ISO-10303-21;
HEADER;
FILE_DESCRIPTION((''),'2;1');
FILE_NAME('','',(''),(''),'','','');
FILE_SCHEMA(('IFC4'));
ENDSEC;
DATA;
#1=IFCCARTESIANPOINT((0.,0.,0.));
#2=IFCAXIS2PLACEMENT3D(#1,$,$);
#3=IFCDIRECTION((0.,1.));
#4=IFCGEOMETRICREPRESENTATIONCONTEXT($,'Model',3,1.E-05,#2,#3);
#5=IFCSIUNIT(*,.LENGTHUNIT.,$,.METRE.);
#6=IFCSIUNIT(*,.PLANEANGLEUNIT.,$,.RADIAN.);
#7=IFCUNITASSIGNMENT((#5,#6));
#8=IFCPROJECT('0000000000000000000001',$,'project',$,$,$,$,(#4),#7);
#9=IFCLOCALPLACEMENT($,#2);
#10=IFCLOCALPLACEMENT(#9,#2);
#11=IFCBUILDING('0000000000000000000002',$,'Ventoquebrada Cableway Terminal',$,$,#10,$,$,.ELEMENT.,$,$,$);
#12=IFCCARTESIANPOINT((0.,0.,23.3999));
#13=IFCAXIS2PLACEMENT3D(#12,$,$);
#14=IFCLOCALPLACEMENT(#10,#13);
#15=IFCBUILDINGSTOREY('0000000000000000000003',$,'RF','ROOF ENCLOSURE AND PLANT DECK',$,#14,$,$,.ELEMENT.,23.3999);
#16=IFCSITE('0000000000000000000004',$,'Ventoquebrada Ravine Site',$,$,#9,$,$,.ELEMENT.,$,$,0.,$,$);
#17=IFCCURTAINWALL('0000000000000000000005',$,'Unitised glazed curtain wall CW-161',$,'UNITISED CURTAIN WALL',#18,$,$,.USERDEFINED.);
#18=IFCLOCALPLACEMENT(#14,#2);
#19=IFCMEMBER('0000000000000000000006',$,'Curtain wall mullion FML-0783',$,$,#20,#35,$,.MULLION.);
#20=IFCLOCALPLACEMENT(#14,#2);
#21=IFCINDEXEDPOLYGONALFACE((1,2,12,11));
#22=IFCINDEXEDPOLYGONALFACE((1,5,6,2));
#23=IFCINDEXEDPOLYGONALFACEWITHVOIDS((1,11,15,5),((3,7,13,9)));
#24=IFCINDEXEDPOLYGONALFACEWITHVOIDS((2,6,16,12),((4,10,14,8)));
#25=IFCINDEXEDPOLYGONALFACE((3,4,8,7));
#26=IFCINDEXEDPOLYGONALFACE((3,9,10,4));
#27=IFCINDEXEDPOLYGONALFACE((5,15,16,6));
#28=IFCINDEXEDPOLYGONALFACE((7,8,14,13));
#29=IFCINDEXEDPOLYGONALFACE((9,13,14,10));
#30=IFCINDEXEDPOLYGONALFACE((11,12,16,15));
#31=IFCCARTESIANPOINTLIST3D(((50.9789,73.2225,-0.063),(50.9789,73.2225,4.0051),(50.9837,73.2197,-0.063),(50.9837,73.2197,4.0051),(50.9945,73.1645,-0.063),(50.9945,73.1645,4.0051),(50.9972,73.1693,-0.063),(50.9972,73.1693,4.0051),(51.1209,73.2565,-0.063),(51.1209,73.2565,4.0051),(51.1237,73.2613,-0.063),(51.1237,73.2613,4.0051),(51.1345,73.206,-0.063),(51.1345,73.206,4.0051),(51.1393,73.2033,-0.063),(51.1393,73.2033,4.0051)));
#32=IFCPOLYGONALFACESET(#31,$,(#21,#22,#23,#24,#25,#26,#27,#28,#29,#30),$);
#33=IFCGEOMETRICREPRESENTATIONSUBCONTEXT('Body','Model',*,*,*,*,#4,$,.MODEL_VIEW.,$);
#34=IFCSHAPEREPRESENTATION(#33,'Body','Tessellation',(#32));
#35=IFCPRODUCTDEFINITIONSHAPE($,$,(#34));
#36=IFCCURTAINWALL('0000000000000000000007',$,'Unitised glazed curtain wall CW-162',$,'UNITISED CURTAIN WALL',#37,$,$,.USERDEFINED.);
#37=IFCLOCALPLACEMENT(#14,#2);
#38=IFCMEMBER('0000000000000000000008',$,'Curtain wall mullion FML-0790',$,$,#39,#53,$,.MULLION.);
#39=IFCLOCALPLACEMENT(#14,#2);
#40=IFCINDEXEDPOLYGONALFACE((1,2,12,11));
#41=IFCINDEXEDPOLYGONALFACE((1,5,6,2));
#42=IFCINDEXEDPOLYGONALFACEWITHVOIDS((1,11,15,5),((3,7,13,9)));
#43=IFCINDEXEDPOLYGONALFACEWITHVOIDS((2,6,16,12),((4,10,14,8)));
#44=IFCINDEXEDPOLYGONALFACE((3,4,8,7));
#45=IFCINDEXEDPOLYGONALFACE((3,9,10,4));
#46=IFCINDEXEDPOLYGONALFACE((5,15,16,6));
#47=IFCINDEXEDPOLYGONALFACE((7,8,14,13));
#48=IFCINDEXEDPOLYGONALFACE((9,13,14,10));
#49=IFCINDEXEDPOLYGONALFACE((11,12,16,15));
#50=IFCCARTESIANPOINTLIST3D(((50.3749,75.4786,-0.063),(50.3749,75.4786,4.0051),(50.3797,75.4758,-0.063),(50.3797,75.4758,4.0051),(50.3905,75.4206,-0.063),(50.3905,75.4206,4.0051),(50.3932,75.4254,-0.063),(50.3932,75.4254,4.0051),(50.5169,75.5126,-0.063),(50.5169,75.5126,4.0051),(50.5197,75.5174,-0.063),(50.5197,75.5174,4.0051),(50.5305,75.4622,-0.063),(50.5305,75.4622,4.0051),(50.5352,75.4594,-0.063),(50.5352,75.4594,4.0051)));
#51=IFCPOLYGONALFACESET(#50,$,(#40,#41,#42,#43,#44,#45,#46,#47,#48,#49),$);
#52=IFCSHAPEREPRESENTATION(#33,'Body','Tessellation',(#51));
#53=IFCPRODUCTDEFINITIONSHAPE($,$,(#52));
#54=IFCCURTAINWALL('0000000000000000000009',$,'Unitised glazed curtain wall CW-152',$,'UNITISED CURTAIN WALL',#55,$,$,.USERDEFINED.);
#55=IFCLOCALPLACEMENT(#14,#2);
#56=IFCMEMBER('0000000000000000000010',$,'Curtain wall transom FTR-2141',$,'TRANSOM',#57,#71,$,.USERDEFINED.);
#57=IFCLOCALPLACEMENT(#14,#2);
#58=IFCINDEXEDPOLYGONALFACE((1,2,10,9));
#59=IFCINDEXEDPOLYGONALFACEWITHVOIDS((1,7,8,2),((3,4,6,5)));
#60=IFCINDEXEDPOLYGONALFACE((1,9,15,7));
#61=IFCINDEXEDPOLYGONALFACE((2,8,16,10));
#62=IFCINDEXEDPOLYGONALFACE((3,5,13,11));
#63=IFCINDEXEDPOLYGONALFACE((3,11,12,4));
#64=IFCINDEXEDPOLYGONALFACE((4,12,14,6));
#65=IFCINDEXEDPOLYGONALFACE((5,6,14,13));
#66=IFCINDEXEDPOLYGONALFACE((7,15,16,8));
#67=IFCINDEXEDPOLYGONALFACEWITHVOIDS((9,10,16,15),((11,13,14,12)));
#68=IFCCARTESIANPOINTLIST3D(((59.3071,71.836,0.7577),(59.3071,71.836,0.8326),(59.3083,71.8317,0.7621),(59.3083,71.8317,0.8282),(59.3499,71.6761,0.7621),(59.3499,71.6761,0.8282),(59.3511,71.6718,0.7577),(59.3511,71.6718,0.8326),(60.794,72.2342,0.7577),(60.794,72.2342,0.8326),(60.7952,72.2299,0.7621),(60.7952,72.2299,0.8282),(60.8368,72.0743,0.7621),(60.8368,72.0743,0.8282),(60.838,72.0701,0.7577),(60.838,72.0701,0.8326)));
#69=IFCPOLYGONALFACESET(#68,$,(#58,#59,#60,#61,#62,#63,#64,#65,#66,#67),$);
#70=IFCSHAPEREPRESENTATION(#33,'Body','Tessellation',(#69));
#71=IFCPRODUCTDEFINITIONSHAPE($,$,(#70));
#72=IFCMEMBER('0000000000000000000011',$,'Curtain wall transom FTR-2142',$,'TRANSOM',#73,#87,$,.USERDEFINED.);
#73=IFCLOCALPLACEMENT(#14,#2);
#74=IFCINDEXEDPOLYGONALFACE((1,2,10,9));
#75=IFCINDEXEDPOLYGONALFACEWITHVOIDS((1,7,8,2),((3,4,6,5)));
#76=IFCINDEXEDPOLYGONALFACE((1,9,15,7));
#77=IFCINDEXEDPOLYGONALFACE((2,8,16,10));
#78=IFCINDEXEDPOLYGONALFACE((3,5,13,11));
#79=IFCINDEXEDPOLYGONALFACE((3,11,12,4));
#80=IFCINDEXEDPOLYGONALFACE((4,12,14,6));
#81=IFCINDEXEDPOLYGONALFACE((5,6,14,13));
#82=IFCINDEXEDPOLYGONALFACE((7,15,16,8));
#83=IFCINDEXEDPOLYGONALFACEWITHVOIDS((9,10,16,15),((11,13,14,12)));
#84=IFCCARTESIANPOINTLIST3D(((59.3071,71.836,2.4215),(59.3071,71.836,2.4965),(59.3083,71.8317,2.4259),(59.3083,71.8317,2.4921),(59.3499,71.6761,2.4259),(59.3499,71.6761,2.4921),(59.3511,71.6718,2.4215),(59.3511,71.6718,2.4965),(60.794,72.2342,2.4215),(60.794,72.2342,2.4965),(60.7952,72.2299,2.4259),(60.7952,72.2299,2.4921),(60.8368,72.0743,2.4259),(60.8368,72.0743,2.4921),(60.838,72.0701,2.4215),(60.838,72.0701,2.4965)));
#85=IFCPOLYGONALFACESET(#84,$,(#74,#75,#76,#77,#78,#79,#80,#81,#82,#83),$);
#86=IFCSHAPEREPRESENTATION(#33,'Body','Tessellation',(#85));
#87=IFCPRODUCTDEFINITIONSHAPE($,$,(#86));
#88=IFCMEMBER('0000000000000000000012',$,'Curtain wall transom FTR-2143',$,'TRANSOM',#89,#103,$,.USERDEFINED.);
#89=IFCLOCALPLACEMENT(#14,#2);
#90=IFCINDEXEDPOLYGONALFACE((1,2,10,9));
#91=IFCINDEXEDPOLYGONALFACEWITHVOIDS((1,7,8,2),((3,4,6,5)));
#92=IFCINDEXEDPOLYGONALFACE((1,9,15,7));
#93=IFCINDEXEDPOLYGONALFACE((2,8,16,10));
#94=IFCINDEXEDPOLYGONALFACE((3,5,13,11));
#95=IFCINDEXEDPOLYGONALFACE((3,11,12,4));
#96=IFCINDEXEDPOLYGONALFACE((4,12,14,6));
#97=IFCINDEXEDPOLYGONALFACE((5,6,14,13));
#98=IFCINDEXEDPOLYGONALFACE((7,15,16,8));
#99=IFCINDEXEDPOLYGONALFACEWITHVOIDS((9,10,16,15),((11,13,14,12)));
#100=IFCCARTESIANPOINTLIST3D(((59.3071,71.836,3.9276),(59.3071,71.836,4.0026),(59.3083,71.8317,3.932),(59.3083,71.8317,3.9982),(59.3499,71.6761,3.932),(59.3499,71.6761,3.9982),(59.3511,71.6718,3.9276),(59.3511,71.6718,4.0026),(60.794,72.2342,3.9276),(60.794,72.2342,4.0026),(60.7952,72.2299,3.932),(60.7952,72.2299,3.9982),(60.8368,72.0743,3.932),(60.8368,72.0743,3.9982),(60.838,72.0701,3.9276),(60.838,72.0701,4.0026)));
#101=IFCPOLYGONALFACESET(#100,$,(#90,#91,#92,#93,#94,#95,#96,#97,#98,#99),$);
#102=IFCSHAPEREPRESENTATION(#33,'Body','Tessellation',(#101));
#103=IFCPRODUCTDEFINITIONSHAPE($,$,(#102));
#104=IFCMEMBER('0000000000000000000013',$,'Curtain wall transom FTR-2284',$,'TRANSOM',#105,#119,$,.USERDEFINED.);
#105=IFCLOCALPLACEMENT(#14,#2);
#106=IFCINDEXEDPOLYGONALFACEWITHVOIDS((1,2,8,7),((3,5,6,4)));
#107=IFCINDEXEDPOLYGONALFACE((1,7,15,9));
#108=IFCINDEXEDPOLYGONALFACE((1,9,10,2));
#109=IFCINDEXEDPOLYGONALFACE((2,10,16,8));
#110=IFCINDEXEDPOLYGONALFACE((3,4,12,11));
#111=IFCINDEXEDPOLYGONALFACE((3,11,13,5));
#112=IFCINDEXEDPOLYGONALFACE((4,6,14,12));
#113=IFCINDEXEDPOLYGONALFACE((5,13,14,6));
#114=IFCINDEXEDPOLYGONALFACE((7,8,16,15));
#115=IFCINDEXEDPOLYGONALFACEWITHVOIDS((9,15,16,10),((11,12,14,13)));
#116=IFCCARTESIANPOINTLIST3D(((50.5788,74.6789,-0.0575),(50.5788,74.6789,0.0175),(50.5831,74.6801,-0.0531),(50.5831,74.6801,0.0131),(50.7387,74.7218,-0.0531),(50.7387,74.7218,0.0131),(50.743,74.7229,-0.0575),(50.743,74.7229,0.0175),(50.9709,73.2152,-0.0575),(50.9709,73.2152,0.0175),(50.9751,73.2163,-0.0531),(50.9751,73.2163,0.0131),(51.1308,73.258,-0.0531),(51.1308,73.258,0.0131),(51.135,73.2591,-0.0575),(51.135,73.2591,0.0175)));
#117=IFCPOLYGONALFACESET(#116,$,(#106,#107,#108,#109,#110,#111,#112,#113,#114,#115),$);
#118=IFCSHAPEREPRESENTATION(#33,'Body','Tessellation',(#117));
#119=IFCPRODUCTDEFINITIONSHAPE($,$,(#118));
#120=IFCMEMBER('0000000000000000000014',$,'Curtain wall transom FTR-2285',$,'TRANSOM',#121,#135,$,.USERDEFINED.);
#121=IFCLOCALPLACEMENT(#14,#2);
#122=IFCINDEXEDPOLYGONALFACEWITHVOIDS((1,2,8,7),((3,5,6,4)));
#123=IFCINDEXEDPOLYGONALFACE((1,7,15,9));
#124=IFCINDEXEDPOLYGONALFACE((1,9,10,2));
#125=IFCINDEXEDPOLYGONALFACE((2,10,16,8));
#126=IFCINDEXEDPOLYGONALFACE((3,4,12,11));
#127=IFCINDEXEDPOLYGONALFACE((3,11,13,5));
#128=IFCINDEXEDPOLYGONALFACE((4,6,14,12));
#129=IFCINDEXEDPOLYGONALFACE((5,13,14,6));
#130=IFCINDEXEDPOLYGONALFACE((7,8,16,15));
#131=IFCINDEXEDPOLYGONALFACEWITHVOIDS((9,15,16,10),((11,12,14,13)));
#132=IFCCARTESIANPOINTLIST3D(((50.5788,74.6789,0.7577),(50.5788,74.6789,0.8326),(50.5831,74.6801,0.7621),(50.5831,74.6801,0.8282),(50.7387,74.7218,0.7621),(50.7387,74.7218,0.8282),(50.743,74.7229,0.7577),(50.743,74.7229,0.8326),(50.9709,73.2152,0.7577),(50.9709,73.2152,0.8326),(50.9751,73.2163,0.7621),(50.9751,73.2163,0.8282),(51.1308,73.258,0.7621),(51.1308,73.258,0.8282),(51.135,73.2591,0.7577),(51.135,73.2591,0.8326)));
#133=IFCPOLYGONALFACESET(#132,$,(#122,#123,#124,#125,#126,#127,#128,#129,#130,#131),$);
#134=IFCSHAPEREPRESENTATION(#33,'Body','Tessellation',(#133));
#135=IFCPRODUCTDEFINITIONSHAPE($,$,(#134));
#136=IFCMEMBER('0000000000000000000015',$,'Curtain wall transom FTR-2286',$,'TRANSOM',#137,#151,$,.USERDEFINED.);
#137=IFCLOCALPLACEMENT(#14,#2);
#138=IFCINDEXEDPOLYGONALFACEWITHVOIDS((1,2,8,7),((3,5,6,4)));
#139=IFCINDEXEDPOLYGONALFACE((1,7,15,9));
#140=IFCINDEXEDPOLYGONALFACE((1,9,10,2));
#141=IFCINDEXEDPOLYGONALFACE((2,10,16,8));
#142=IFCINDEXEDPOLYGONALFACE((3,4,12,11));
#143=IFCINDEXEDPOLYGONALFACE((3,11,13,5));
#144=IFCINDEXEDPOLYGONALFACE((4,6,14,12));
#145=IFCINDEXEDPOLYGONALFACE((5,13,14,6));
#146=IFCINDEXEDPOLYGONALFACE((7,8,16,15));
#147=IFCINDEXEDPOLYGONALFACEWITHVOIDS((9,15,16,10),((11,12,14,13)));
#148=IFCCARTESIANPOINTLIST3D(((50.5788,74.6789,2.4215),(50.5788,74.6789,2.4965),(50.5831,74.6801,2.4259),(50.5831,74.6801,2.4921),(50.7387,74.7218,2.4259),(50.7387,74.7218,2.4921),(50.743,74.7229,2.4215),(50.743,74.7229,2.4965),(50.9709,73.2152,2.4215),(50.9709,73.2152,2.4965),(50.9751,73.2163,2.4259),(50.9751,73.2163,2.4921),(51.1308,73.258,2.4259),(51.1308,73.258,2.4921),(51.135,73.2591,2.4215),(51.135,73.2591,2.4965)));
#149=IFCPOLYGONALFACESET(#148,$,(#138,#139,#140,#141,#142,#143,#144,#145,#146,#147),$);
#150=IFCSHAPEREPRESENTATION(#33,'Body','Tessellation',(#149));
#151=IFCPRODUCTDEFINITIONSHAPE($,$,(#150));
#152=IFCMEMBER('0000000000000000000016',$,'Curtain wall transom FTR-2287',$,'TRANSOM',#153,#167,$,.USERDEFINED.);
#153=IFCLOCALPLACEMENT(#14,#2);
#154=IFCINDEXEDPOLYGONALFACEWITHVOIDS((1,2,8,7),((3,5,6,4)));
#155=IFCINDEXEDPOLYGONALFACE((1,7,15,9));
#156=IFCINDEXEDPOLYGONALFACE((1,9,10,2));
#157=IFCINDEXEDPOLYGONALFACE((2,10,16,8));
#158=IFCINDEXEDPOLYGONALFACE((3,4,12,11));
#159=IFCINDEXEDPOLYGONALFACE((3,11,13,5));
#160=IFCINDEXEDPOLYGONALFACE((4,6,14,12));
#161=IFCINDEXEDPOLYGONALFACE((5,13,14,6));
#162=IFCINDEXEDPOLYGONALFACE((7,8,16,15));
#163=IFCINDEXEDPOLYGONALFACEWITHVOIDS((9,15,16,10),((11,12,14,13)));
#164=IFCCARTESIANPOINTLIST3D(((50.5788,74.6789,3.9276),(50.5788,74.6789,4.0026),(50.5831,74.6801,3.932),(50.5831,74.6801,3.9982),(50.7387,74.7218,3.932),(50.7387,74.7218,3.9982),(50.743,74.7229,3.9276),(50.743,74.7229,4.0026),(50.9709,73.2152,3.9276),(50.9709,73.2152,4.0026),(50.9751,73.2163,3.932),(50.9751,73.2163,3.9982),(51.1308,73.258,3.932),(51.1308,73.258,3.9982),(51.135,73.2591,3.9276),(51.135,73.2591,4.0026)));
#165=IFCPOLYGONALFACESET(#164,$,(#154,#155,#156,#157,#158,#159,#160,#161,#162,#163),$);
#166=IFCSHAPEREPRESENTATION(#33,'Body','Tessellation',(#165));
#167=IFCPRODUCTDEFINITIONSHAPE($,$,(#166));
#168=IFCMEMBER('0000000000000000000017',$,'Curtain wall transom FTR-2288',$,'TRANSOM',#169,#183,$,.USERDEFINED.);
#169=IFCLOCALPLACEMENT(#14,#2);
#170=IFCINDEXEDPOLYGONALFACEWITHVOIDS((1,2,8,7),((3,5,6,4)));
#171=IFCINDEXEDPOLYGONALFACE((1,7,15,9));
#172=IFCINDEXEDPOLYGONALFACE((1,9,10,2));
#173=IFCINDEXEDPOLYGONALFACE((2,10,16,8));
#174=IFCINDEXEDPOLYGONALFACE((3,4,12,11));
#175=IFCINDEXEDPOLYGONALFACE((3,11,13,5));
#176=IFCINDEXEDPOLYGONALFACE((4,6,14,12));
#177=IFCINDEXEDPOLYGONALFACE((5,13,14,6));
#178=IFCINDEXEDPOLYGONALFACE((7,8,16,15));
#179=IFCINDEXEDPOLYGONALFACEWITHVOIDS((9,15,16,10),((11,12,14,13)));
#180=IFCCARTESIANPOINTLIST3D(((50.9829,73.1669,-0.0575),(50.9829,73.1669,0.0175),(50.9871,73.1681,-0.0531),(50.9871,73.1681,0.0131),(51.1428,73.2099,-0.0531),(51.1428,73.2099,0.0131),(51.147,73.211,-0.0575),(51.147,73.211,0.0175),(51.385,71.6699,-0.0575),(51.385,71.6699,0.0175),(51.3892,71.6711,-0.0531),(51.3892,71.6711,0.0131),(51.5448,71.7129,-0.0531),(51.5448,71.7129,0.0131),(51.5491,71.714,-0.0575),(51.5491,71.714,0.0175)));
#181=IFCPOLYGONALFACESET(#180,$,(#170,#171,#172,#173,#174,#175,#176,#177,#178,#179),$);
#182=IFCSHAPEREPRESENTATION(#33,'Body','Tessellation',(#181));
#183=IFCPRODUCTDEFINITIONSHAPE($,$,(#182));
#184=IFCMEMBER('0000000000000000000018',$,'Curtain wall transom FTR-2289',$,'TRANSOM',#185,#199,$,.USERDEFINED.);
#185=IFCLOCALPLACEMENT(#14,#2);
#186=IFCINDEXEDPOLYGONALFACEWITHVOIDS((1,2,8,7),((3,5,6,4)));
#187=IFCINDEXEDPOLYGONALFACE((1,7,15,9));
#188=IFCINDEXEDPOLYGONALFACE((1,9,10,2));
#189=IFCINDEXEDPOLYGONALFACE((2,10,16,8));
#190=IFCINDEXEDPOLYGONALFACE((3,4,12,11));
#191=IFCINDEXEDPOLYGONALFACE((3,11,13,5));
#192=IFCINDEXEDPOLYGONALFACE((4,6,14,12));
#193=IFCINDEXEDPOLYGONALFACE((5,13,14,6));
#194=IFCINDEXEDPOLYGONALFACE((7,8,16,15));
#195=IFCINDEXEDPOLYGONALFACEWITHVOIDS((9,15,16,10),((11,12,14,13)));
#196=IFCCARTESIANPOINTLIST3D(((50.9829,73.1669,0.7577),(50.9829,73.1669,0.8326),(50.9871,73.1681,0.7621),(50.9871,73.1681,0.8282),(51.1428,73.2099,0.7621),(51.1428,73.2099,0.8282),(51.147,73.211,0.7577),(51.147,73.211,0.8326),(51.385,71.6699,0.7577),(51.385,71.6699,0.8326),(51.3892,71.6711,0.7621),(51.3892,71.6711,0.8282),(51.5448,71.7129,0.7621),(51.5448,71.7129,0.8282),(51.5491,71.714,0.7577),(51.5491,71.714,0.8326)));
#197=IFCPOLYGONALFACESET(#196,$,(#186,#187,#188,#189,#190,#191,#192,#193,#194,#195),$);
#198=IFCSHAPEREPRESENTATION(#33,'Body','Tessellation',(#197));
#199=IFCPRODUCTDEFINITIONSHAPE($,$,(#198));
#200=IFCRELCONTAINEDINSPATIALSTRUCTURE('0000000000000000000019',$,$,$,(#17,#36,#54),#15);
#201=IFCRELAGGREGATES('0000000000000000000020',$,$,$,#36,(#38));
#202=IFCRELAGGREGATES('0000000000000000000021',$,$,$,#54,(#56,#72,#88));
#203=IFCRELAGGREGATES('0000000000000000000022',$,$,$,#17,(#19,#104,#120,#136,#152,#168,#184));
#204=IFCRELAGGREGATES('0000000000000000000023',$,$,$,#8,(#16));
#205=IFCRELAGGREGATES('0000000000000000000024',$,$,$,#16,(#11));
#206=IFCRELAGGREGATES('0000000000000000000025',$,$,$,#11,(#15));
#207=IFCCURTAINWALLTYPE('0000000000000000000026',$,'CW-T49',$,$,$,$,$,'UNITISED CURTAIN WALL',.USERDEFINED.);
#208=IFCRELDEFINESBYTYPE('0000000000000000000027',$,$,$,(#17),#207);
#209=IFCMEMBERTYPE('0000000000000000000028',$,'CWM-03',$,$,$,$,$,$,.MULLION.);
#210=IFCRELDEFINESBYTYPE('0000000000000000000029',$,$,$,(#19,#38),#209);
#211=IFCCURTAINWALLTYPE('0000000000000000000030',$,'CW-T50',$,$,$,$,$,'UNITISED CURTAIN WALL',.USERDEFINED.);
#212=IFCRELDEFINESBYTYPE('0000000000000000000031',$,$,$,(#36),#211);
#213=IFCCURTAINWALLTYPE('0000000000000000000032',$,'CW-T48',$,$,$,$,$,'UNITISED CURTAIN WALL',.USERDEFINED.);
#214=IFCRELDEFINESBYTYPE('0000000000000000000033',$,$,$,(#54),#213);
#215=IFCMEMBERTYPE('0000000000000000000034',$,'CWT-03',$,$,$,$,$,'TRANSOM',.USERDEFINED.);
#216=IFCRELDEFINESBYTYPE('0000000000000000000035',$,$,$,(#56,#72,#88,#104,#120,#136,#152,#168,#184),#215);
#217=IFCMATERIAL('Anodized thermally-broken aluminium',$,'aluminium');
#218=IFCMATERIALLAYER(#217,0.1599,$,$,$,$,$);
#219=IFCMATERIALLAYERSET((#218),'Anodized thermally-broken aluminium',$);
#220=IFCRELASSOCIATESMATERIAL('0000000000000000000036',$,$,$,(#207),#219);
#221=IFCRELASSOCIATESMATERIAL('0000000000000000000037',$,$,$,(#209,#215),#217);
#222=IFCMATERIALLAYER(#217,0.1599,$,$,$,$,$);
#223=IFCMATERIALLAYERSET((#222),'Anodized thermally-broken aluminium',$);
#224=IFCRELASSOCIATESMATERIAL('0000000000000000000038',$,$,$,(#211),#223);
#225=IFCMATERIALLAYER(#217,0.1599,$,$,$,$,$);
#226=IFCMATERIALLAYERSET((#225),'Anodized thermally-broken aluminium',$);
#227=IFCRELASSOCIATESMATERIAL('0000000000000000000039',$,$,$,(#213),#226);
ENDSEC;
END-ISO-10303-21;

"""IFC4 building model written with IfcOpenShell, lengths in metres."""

from ifc_helpers import new_model, si_unit, direction, frame, origin, origin_2d, place, context, subcontext, project, spatial, hollow_rectangle, extrude, material, layer, layer_set, material_profile, profile_set, type_object, element, aggregate, save


model = new_model("IFC4")

# Units and contexts
model_context = context("Model", 3, precision=1e-05, world=origin(), true_north=direction((0.0, 1.0)))
body_context = subcontext(model_context, "Body", "Model", "MODEL_VIEW")
ifc_project = project(units=[si_unit("LENGTHUNIT", "METRE"), si_unit("PLANEANGLEUNIT", "RADIAN")], contexts=[model_context])

# Site, building, storey
site_placement = place(None, origin())
site = spatial("IfcSite", under=ifc_project, at=site_placement, Name="Ventoquebrada Ravine Site", CompositionType="ELEMENT", RefElevation=0.0)
building_placement = place(site_placement, origin())
building = spatial("IfcBuilding", under=site, at=building_placement, Name="Ventoquebrada Cableway Terminal", CompositionType="ELEMENT")
storey_placement = place(building_placement, frame((0.0, 0.0, 23.3999)))
storey = spatial("IfcBuildingStorey", under=building, at=storey_placement, Name="RF", Description="ROOF ENCLOSURE AND PLANT DECK", CompositionType="ELEMENT", Elevation=23.3999)

# Curtain wall, member
ifc_material_1 = material(Name="Anodized thermally-broken aluminium", Category="aluminium")
ifc_layer_1 = layer(ifc_material_1, 0.1599)
ifc_layer_set_1 = layer_set([ifc_layer_1], Name="Anodized thermally-broken aluminium")
curtain_wall_type_1 = type_object("IfcCurtainWallType", Name="CW-T49", ElementType="UNITISED CURTAIN WALL", PredefinedType="USERDEFINED", material=ifc_layer_set_1)
curtain_wall_1_placement = place(storey_placement, origin())
curtain_wall_1 = element("IfcCurtainWall", 1, at=curtain_wall_1_placement, inside=storey, type_object=curtain_wall_type_1, Name="Unitised glazed curtain wall CW-161", ObjectType="UNITISED CURTAIN WALL", PredefinedType="USERDEFINED")
ifc_material_profile_1 = material_profile(ifc_material_1, hollow_rectangle(XDim=0.0601, YDim=0.1499, WallThickness=0.0039, at=origin_2d()), Name="CW-MUL-60X150")
ifc_profile_set_1 = profile_set([ifc_material_profile_1], Name="Anodized thermally-broken aluminium")
member_type_1 = type_object("IfcMemberType", Name="CWM-03", PredefinedType="MULLION", material=ifc_profile_set_1)
member_1_placement = place(storey_placement, frame((51.0591, 73.2129, -0.063), z_axis=(0.0, 0.0, 1.0), x_axis=(0.258718, -0.965953, 0.0)))
member_1 = element("IfcMember", 2, at=member_1_placement, type_object=member_type_1, Name="Curtain wall mullion FML-0783", PredefinedType="MULLION", context=body_context, shape_type="SweptSolid", body=[
    extrude(hollow_rectangle(XDim=0.0601, YDim=0.1499, WallThickness=0.0039, at=origin_2d()), origin(), (0.0, 0.0, 1.0), 4.0681),
])

# Curtain wall, member
ifc_layer_2 = layer(ifc_material_1, 0.1599)
ifc_layer_set_2 = layer_set([ifc_layer_2], Name="Anodized thermally-broken aluminium")
curtain_wall_type_2 = type_object("IfcCurtainWallType", Name="CW-T50", ElementType="UNITISED CURTAIN WALL", PredefinedType="USERDEFINED", material=ifc_layer_set_2)
curtain_wall_2_placement = place(storey_placement, origin())
curtain_wall_2 = element("IfcCurtainWall", 3, at=curtain_wall_2_placement, inside=storey, type_object=curtain_wall_type_2, Name="Unitised glazed curtain wall CW-162", ObjectType="UNITISED CURTAIN WALL", PredefinedType="USERDEFINED")
member_2_placement = place(storey_placement, frame((50.4551, 75.469, -0.063), z_axis=(0.0, 0.0, 1.0), x_axis=(0.258836, -0.965921, 0.0)))
member_2 = element("IfcMember", 4, at=member_2_placement, type_object=member_type_1, Name="Curtain wall mullion FML-0790", PredefinedType="MULLION", context=body_context, shape_type="SweptSolid", body=[
    extrude(hollow_rectangle(XDim=0.0601, YDim=0.1499, WallThickness=0.0039, at=origin_2d()), origin(), (0.0, 0.0, 1.0), 4.0681),
])
aggregate(curtain_wall_2, [member_2])

# Curtain wall, members
ifc_layer_3 = layer(ifc_material_1, 0.1599)
ifc_layer_set_3 = layer_set([ifc_layer_3], Name="Anodized thermally-broken aluminium")
curtain_wall_type_3 = type_object("IfcCurtainWallType", Name="CW-T48", ElementType="UNITISED CURTAIN WALL", PredefinedType="USERDEFINED", material=ifc_layer_set_3)
curtain_wall_3_placement = place(storey_placement, origin())
curtain_wall_3 = element("IfcCurtainWall", 5, at=curtain_wall_3_placement, inside=storey, type_object=curtain_wall_type_3, Name="Unitised glazed curtain wall CW-152", ObjectType="UNITISED CURTAIN WALL", PredefinedType="USERDEFINED")
ifc_material_profile_2 = material_profile(ifc_material_1, hollow_rectangle(XDim=0.075, YDim=0.1699, WallThickness=0.0044, at=origin_2d()), Name="CW-TRN-75X170")
ifc_profile_set_2 = profile_set([ifc_material_profile_2], Name="Anodized thermally-broken aluminium")
member_type_2 = type_object("IfcMemberType", Name="CWT-03", ElementType="TRANSOM", PredefinedType="USERDEFINED", material=ifc_profile_set_2)
member_3_placement = place(storey_placement, frame((59.3291, 71.7539, 0.7952), z_axis=(0.965958, 0.258699, 0.0), x_axis=(0.0, 0.0, 1.0)))
member_3 = element("IfcMember", 6, at=member_3_placement, type_object=member_type_2, Name="Curtain wall transom FTR-2141", ObjectType="TRANSOM", PredefinedType="USERDEFINED", context=body_context, shape_type="SweptSolid", body=[
    extrude(hollow_rectangle(XDim=0.075, YDim=0.1699, WallThickness=0.0044, at=origin_2d()), origin(), (0.0, 0.0, 1.0), 1.5393),
])
member_4_placement = place(storey_placement, frame((59.3291, 71.7539, 2.459), z_axis=(0.965958, 0.258699, 0.0), x_axis=(0.0, 0.0, 1.0)))
member_4 = element("IfcMember", 7, at=member_4_placement, type_object=member_type_2, Name="Curtain wall transom FTR-2142", ObjectType="TRANSOM", PredefinedType="USERDEFINED", context=body_context, shape_type="SweptSolid", body=[
    extrude(hollow_rectangle(XDim=0.075, YDim=0.1699, WallThickness=0.0044, at=origin_2d()), origin(), (0.0, 0.0, 1.0), 1.5393),
])
member_5_placement = place(storey_placement, frame((59.3291, 71.7539, 3.9651), z_axis=(0.965958, 0.258699, 0.0), x_axis=(0.0, 0.0, 1.0)))
member_5 = element("IfcMember", 8, at=member_5_placement, type_object=member_type_2, Name="Curtain wall transom FTR-2143", ObjectType="TRANSOM", PredefinedType="USERDEFINED", context=body_context, shape_type="SweptSolid", body=[
    extrude(hollow_rectangle(XDim=0.075, YDim=0.1699, WallThickness=0.0044, at=origin_2d()), origin(), (0.0, 0.0, 1.0), 1.5393),
])
aggregate(curtain_wall_3, [member_3, member_4, member_5])

# Members
member_6_placement = place(storey_placement, frame((50.6609, 74.7009, -0.02), z_axis=(0.258725, -0.965951, 0.0), x_axis=(0.0, 0.0, 1.0)))
member_6 = element("IfcMember", 9, at=member_6_placement, type_object=member_type_2, Name="Curtain wall transom FTR-2284", ObjectType="TRANSOM", PredefinedType="USERDEFINED", context=body_context, shape_type="SweptSolid", body=[
    extrude(hollow_rectangle(XDim=0.075, YDim=0.1699, WallThickness=0.0044, at=origin_2d()), origin(), (0.0, 0.0, 1.0), 1.5154),
])
member_7_placement = place(storey_placement, frame((50.6609, 74.7009, 0.7952), z_axis=(0.258725, -0.965951, 0.0), x_axis=(0.0, 0.0, 1.0)))
member_7 = element("IfcMember", 10, at=member_7_placement, type_object=member_type_2, Name="Curtain wall transom FTR-2285", ObjectType="TRANSOM", PredefinedType="USERDEFINED", context=body_context, shape_type="SweptSolid", body=[
    extrude(hollow_rectangle(XDim=0.075, YDim=0.1699, WallThickness=0.0044, at=origin_2d()), origin(), (0.0, 0.0, 1.0), 1.5154),
])
member_8_placement = place(storey_placement, frame((50.6609, 74.7009, 2.459), z_axis=(0.258725, -0.965951, 0.0), x_axis=(0.0, 0.0, 1.0)))
member_8 = element("IfcMember", 11, at=member_8_placement, type_object=member_type_2, Name="Curtain wall transom FTR-2286", ObjectType="TRANSOM", PredefinedType="USERDEFINED", context=body_context, shape_type="SweptSolid", body=[
    extrude(hollow_rectangle(XDim=0.075, YDim=0.1699, WallThickness=0.0044, at=origin_2d()), origin(), (0.0, 0.0, 1.0), 1.5154),
])
member_9_placement = place(storey_placement, frame((50.6609, 74.7009, 3.9651), z_axis=(0.258725, -0.965951, 0.0), x_axis=(0.0, 0.0, 1.0)))
member_9 = element("IfcMember", 12, at=member_9_placement, type_object=member_type_2, Name="Curtain wall transom FTR-2287", ObjectType="TRANSOM", PredefinedType="USERDEFINED", context=body_context, shape_type="SweptSolid", body=[
    extrude(hollow_rectangle(XDim=0.075, YDim=0.1699, WallThickness=0.0044, at=origin_2d()), origin(), (0.0, 0.0, 1.0), 1.5154),
])
member_10_placement = place(storey_placement, frame((51.0649, 73.189, -0.02), z_axis=(0.259397, -0.965771, 0.0), x_axis=(0.0, 0.0, 1.0)))
member_10 = element("IfcMember", 13, at=member_10_placement, type_object=member_type_2, Name="Curtain wall transom FTR-2288", ObjectType="TRANSOM", PredefinedType="USERDEFINED", context=body_context, shape_type="SweptSolid", body=[
    extrude(hollow_rectangle(XDim=0.075, YDim=0.1699, WallThickness=0.0044, at=origin_2d()), origin(), (0.0, 0.0, 1.0), 1.55),
])
member_11_placement = place(storey_placement, frame((51.0649, 73.189, 0.7952), z_axis=(0.259397, -0.965771, 0.0), x_axis=(0.0, 0.0, 1.0)))
member_11 = element("IfcMember", 14, at=member_11_placement, type_object=member_type_2, Name="Curtain wall transom FTR-2289", ObjectType="TRANSOM", PredefinedType="USERDEFINED", context=body_context, shape_type="SweptSolid", body=[
    extrude(hollow_rectangle(XDim=0.075, YDim=0.1699, WallThickness=0.0044, at=origin_2d()), origin(), (0.0, 0.0, 1.0), 1.55),
])

aggregate(curtain_wall_1, [member_1, member_6, member_7, member_8, member_9, member_10, member_11])

save(model, "model.ifc")
